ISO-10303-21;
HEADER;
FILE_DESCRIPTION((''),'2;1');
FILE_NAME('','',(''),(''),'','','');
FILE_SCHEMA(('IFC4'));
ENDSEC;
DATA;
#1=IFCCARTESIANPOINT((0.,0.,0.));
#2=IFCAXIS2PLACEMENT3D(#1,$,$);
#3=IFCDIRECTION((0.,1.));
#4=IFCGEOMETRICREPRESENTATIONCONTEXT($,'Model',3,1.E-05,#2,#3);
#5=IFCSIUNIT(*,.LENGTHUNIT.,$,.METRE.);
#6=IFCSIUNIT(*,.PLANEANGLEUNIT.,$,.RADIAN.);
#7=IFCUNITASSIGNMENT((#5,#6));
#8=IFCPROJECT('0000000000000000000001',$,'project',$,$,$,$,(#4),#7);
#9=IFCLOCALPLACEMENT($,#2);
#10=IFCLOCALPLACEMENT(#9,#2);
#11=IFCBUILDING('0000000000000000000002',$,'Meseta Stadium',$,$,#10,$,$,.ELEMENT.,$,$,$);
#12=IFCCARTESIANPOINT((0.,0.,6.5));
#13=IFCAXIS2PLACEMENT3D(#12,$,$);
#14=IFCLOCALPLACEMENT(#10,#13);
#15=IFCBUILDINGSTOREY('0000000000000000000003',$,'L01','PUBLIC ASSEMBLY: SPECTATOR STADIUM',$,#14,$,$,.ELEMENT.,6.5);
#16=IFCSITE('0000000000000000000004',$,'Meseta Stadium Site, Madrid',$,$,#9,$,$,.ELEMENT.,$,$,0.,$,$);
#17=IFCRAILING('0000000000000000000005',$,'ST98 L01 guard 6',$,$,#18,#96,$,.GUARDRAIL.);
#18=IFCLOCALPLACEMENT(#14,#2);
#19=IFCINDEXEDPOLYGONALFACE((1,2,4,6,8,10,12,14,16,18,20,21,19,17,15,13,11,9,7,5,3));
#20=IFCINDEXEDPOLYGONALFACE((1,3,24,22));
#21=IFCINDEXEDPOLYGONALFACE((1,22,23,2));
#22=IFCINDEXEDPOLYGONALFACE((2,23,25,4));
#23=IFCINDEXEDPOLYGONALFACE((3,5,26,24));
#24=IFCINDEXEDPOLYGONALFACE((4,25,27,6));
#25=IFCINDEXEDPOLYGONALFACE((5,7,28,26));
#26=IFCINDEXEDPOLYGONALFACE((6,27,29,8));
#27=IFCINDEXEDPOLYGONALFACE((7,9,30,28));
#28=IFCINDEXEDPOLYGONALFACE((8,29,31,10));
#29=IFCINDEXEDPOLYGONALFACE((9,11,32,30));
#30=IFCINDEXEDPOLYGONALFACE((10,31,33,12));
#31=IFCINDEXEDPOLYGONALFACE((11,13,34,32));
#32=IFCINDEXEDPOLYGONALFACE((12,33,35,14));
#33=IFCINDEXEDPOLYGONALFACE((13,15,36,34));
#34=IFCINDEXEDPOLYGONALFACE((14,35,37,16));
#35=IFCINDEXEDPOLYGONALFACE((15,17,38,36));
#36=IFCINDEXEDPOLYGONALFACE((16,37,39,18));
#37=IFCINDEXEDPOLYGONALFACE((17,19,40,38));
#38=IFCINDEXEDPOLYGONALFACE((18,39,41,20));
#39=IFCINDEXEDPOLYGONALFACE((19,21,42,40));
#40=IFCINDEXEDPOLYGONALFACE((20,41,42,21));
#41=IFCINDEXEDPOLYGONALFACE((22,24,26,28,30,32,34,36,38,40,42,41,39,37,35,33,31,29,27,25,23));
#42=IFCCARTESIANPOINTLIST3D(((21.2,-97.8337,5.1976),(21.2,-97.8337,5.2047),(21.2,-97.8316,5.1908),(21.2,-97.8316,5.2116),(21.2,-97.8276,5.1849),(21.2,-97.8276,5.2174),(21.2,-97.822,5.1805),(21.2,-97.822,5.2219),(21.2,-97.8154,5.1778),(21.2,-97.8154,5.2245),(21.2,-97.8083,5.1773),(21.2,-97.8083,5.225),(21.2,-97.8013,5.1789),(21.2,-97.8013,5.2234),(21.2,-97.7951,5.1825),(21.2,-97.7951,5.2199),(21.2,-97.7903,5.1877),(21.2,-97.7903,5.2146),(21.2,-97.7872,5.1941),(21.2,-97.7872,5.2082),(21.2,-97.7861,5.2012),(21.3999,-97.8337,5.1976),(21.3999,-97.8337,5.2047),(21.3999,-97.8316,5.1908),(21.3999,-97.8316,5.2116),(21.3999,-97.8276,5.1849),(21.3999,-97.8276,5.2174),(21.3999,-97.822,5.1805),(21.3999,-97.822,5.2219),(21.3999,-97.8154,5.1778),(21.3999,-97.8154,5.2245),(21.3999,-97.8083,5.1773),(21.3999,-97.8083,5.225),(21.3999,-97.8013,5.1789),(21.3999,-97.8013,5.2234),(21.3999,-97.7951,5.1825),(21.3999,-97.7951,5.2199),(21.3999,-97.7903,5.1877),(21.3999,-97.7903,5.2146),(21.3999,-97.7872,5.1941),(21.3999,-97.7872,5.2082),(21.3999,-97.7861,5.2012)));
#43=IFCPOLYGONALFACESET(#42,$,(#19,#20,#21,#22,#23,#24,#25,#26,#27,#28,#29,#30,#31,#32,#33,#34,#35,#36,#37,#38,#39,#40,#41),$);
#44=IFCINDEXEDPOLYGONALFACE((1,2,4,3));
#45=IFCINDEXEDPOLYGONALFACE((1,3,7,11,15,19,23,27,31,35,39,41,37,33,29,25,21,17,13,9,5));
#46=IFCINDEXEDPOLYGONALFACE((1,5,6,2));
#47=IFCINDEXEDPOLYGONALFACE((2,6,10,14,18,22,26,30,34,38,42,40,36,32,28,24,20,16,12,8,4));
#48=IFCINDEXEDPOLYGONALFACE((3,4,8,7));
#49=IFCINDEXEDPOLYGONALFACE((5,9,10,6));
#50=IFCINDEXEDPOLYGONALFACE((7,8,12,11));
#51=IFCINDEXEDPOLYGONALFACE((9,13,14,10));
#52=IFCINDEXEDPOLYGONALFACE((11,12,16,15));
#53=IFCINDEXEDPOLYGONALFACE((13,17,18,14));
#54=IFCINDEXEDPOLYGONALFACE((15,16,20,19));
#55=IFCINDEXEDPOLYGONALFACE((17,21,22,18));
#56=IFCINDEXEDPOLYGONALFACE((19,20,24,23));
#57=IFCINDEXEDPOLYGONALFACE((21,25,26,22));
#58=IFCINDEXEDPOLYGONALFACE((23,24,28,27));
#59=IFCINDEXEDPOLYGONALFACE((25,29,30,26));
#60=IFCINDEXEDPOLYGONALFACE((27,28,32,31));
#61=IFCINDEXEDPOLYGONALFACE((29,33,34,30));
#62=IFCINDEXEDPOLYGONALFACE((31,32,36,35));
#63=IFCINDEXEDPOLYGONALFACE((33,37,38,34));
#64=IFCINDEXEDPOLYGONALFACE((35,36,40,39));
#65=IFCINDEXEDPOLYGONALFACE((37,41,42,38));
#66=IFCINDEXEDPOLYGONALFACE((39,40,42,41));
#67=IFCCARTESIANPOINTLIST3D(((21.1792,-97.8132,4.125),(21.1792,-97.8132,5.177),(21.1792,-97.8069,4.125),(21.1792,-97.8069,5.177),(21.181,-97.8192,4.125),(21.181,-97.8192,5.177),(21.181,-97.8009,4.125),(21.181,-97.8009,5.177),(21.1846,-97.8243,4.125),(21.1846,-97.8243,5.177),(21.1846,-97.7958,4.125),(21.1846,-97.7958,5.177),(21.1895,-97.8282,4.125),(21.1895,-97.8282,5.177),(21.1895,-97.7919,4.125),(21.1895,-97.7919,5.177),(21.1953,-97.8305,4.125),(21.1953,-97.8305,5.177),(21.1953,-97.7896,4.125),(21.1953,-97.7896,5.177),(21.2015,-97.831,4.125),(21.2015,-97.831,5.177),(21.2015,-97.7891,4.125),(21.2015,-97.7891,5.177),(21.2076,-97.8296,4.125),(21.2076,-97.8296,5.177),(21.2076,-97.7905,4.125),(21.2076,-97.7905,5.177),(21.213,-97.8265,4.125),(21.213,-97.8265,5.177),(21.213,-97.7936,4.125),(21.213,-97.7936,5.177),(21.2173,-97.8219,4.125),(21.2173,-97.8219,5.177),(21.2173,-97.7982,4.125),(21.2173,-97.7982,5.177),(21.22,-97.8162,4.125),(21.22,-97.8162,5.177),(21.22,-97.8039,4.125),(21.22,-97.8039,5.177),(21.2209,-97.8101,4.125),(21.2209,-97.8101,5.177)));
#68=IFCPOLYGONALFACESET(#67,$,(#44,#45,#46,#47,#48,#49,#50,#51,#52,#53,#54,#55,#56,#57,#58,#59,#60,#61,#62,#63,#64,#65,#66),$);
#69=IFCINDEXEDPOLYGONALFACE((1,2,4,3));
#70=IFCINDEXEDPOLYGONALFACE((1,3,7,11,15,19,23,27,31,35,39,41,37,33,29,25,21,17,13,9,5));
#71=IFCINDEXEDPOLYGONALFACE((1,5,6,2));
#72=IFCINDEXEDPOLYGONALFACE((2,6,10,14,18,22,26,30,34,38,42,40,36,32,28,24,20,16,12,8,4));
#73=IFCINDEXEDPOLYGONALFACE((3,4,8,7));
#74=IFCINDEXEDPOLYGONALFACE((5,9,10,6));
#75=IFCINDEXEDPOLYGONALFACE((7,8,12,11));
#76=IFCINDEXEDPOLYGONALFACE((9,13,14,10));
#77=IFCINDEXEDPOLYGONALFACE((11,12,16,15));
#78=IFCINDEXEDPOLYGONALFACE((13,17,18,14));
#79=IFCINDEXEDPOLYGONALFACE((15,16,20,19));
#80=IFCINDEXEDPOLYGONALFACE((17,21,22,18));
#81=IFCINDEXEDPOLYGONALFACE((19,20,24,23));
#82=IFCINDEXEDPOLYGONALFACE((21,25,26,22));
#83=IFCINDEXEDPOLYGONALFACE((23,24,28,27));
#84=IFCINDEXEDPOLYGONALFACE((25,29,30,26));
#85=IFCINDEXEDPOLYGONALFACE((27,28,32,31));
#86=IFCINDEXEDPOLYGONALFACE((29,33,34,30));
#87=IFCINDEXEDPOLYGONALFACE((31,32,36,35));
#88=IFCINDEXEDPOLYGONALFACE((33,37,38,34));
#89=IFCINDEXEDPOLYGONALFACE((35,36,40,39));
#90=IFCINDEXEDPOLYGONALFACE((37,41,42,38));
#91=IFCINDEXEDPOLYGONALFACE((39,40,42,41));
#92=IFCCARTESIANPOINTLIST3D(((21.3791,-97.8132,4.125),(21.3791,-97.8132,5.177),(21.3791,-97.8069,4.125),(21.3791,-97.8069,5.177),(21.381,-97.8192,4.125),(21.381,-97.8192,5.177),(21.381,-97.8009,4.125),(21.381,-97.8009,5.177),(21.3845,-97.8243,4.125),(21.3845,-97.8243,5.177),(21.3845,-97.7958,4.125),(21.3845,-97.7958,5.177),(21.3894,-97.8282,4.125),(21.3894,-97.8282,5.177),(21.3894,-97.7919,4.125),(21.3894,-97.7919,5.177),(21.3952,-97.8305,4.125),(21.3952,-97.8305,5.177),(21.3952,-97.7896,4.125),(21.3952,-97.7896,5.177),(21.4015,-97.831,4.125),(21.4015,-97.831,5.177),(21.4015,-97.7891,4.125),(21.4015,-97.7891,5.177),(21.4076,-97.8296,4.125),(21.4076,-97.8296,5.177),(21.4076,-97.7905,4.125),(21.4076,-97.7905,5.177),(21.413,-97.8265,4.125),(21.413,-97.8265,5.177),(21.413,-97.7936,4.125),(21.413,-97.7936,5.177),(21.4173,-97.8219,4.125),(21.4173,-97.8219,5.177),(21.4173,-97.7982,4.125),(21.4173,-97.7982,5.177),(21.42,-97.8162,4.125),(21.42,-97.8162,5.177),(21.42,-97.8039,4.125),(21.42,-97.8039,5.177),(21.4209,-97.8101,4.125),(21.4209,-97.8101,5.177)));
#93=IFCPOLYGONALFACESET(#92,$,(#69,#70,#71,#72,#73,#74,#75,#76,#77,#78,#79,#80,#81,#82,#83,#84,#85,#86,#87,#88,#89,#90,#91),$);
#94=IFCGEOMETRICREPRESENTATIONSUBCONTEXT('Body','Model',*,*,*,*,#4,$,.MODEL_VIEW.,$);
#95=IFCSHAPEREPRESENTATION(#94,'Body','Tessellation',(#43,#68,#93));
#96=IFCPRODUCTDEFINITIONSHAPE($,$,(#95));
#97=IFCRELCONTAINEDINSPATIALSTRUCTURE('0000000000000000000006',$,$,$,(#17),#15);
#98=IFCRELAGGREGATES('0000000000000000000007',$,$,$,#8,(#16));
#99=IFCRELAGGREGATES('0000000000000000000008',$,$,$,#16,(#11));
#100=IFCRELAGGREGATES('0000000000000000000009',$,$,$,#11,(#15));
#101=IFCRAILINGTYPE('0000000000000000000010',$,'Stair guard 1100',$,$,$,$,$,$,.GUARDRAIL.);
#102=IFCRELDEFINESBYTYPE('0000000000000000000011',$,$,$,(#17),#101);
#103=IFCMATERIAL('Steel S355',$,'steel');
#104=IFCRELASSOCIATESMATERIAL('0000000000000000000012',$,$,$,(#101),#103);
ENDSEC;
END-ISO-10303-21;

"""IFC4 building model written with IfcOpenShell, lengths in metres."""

from ifc_helpers import new_model, si_unit, direction, frame, origin, origin_2d, place, context, subcontext, project, spatial, circle, extrude, material, type_object, element, save


model = new_model("IFC4")

# Units and contexts
model_context = context("Model", 3, precision=1e-05, world=origin(), true_north=direction((0.0, 1.0)))
body_context = subcontext(model_context, "Body", "Model", "MODEL_VIEW")
ifc_project = project(units=[si_unit("LENGTHUNIT", "METRE"), si_unit("PLANEANGLEUNIT", "RADIAN")], contexts=[model_context])

# Site, building, storey
site_placement = place(None, origin())
site = spatial("IfcSite", under=ifc_project, at=site_placement, Name="Meseta Stadium Site, Madrid", CompositionType="ELEMENT", RefElevation=0.0)
building_placement = place(site_placement, origin())
building = spatial("IfcBuilding", under=site, at=building_placement, Name="Meseta Stadium", CompositionType="ELEMENT")
storey_placement = place(building_placement, frame((0.0, 0.0, 6.5)))
storey = spatial("IfcBuildingStorey", under=building, at=storey_placement, Name="L01", Description="PUBLIC ASSEMBLY: SPECTATOR STADIUM", CompositionType="ELEMENT", Elevation=6.5)

# Railing
ifc_material_1 = material(Name="Steel S355", Category="steel")
railing_type_1 = type_object("IfcRailingType", Name="Stair guard 1100", PredefinedType="GUARDRAIL", material=ifc_material_1)
railing_1_placement = place(storey_placement, frame((21.2, -97.8101, 4.125)))
element("IfcRailing", 1, at=railing_1_placement, inside=storey, type_object=railing_type_1, Name="ST98 L01 guard 6", PredefinedType="GUARDRAIL", context=body_context, shape_type="SweptSolid", body=[
    extrude(circle(Radius=0.0239, at=origin_2d()), frame((0.0, 0.0, 1.0762), z_axis=(1.0, 0.0, 0.0), x_axis=(0.0, 1.0, 0.0)), (0.0, 0.0, 1.0), 0.2),
    extrude(circle(Radius=0.021, at=origin_2d()), origin(), (0.0, 0.0, 1.0), 1.052),
    extrude(circle(Radius=0.021, at=origin_2d()), frame((0.2, 0.0, 0.0)), (0.0, 0.0, 1.0), 1.052),
])

save(model, "model.ifc")
